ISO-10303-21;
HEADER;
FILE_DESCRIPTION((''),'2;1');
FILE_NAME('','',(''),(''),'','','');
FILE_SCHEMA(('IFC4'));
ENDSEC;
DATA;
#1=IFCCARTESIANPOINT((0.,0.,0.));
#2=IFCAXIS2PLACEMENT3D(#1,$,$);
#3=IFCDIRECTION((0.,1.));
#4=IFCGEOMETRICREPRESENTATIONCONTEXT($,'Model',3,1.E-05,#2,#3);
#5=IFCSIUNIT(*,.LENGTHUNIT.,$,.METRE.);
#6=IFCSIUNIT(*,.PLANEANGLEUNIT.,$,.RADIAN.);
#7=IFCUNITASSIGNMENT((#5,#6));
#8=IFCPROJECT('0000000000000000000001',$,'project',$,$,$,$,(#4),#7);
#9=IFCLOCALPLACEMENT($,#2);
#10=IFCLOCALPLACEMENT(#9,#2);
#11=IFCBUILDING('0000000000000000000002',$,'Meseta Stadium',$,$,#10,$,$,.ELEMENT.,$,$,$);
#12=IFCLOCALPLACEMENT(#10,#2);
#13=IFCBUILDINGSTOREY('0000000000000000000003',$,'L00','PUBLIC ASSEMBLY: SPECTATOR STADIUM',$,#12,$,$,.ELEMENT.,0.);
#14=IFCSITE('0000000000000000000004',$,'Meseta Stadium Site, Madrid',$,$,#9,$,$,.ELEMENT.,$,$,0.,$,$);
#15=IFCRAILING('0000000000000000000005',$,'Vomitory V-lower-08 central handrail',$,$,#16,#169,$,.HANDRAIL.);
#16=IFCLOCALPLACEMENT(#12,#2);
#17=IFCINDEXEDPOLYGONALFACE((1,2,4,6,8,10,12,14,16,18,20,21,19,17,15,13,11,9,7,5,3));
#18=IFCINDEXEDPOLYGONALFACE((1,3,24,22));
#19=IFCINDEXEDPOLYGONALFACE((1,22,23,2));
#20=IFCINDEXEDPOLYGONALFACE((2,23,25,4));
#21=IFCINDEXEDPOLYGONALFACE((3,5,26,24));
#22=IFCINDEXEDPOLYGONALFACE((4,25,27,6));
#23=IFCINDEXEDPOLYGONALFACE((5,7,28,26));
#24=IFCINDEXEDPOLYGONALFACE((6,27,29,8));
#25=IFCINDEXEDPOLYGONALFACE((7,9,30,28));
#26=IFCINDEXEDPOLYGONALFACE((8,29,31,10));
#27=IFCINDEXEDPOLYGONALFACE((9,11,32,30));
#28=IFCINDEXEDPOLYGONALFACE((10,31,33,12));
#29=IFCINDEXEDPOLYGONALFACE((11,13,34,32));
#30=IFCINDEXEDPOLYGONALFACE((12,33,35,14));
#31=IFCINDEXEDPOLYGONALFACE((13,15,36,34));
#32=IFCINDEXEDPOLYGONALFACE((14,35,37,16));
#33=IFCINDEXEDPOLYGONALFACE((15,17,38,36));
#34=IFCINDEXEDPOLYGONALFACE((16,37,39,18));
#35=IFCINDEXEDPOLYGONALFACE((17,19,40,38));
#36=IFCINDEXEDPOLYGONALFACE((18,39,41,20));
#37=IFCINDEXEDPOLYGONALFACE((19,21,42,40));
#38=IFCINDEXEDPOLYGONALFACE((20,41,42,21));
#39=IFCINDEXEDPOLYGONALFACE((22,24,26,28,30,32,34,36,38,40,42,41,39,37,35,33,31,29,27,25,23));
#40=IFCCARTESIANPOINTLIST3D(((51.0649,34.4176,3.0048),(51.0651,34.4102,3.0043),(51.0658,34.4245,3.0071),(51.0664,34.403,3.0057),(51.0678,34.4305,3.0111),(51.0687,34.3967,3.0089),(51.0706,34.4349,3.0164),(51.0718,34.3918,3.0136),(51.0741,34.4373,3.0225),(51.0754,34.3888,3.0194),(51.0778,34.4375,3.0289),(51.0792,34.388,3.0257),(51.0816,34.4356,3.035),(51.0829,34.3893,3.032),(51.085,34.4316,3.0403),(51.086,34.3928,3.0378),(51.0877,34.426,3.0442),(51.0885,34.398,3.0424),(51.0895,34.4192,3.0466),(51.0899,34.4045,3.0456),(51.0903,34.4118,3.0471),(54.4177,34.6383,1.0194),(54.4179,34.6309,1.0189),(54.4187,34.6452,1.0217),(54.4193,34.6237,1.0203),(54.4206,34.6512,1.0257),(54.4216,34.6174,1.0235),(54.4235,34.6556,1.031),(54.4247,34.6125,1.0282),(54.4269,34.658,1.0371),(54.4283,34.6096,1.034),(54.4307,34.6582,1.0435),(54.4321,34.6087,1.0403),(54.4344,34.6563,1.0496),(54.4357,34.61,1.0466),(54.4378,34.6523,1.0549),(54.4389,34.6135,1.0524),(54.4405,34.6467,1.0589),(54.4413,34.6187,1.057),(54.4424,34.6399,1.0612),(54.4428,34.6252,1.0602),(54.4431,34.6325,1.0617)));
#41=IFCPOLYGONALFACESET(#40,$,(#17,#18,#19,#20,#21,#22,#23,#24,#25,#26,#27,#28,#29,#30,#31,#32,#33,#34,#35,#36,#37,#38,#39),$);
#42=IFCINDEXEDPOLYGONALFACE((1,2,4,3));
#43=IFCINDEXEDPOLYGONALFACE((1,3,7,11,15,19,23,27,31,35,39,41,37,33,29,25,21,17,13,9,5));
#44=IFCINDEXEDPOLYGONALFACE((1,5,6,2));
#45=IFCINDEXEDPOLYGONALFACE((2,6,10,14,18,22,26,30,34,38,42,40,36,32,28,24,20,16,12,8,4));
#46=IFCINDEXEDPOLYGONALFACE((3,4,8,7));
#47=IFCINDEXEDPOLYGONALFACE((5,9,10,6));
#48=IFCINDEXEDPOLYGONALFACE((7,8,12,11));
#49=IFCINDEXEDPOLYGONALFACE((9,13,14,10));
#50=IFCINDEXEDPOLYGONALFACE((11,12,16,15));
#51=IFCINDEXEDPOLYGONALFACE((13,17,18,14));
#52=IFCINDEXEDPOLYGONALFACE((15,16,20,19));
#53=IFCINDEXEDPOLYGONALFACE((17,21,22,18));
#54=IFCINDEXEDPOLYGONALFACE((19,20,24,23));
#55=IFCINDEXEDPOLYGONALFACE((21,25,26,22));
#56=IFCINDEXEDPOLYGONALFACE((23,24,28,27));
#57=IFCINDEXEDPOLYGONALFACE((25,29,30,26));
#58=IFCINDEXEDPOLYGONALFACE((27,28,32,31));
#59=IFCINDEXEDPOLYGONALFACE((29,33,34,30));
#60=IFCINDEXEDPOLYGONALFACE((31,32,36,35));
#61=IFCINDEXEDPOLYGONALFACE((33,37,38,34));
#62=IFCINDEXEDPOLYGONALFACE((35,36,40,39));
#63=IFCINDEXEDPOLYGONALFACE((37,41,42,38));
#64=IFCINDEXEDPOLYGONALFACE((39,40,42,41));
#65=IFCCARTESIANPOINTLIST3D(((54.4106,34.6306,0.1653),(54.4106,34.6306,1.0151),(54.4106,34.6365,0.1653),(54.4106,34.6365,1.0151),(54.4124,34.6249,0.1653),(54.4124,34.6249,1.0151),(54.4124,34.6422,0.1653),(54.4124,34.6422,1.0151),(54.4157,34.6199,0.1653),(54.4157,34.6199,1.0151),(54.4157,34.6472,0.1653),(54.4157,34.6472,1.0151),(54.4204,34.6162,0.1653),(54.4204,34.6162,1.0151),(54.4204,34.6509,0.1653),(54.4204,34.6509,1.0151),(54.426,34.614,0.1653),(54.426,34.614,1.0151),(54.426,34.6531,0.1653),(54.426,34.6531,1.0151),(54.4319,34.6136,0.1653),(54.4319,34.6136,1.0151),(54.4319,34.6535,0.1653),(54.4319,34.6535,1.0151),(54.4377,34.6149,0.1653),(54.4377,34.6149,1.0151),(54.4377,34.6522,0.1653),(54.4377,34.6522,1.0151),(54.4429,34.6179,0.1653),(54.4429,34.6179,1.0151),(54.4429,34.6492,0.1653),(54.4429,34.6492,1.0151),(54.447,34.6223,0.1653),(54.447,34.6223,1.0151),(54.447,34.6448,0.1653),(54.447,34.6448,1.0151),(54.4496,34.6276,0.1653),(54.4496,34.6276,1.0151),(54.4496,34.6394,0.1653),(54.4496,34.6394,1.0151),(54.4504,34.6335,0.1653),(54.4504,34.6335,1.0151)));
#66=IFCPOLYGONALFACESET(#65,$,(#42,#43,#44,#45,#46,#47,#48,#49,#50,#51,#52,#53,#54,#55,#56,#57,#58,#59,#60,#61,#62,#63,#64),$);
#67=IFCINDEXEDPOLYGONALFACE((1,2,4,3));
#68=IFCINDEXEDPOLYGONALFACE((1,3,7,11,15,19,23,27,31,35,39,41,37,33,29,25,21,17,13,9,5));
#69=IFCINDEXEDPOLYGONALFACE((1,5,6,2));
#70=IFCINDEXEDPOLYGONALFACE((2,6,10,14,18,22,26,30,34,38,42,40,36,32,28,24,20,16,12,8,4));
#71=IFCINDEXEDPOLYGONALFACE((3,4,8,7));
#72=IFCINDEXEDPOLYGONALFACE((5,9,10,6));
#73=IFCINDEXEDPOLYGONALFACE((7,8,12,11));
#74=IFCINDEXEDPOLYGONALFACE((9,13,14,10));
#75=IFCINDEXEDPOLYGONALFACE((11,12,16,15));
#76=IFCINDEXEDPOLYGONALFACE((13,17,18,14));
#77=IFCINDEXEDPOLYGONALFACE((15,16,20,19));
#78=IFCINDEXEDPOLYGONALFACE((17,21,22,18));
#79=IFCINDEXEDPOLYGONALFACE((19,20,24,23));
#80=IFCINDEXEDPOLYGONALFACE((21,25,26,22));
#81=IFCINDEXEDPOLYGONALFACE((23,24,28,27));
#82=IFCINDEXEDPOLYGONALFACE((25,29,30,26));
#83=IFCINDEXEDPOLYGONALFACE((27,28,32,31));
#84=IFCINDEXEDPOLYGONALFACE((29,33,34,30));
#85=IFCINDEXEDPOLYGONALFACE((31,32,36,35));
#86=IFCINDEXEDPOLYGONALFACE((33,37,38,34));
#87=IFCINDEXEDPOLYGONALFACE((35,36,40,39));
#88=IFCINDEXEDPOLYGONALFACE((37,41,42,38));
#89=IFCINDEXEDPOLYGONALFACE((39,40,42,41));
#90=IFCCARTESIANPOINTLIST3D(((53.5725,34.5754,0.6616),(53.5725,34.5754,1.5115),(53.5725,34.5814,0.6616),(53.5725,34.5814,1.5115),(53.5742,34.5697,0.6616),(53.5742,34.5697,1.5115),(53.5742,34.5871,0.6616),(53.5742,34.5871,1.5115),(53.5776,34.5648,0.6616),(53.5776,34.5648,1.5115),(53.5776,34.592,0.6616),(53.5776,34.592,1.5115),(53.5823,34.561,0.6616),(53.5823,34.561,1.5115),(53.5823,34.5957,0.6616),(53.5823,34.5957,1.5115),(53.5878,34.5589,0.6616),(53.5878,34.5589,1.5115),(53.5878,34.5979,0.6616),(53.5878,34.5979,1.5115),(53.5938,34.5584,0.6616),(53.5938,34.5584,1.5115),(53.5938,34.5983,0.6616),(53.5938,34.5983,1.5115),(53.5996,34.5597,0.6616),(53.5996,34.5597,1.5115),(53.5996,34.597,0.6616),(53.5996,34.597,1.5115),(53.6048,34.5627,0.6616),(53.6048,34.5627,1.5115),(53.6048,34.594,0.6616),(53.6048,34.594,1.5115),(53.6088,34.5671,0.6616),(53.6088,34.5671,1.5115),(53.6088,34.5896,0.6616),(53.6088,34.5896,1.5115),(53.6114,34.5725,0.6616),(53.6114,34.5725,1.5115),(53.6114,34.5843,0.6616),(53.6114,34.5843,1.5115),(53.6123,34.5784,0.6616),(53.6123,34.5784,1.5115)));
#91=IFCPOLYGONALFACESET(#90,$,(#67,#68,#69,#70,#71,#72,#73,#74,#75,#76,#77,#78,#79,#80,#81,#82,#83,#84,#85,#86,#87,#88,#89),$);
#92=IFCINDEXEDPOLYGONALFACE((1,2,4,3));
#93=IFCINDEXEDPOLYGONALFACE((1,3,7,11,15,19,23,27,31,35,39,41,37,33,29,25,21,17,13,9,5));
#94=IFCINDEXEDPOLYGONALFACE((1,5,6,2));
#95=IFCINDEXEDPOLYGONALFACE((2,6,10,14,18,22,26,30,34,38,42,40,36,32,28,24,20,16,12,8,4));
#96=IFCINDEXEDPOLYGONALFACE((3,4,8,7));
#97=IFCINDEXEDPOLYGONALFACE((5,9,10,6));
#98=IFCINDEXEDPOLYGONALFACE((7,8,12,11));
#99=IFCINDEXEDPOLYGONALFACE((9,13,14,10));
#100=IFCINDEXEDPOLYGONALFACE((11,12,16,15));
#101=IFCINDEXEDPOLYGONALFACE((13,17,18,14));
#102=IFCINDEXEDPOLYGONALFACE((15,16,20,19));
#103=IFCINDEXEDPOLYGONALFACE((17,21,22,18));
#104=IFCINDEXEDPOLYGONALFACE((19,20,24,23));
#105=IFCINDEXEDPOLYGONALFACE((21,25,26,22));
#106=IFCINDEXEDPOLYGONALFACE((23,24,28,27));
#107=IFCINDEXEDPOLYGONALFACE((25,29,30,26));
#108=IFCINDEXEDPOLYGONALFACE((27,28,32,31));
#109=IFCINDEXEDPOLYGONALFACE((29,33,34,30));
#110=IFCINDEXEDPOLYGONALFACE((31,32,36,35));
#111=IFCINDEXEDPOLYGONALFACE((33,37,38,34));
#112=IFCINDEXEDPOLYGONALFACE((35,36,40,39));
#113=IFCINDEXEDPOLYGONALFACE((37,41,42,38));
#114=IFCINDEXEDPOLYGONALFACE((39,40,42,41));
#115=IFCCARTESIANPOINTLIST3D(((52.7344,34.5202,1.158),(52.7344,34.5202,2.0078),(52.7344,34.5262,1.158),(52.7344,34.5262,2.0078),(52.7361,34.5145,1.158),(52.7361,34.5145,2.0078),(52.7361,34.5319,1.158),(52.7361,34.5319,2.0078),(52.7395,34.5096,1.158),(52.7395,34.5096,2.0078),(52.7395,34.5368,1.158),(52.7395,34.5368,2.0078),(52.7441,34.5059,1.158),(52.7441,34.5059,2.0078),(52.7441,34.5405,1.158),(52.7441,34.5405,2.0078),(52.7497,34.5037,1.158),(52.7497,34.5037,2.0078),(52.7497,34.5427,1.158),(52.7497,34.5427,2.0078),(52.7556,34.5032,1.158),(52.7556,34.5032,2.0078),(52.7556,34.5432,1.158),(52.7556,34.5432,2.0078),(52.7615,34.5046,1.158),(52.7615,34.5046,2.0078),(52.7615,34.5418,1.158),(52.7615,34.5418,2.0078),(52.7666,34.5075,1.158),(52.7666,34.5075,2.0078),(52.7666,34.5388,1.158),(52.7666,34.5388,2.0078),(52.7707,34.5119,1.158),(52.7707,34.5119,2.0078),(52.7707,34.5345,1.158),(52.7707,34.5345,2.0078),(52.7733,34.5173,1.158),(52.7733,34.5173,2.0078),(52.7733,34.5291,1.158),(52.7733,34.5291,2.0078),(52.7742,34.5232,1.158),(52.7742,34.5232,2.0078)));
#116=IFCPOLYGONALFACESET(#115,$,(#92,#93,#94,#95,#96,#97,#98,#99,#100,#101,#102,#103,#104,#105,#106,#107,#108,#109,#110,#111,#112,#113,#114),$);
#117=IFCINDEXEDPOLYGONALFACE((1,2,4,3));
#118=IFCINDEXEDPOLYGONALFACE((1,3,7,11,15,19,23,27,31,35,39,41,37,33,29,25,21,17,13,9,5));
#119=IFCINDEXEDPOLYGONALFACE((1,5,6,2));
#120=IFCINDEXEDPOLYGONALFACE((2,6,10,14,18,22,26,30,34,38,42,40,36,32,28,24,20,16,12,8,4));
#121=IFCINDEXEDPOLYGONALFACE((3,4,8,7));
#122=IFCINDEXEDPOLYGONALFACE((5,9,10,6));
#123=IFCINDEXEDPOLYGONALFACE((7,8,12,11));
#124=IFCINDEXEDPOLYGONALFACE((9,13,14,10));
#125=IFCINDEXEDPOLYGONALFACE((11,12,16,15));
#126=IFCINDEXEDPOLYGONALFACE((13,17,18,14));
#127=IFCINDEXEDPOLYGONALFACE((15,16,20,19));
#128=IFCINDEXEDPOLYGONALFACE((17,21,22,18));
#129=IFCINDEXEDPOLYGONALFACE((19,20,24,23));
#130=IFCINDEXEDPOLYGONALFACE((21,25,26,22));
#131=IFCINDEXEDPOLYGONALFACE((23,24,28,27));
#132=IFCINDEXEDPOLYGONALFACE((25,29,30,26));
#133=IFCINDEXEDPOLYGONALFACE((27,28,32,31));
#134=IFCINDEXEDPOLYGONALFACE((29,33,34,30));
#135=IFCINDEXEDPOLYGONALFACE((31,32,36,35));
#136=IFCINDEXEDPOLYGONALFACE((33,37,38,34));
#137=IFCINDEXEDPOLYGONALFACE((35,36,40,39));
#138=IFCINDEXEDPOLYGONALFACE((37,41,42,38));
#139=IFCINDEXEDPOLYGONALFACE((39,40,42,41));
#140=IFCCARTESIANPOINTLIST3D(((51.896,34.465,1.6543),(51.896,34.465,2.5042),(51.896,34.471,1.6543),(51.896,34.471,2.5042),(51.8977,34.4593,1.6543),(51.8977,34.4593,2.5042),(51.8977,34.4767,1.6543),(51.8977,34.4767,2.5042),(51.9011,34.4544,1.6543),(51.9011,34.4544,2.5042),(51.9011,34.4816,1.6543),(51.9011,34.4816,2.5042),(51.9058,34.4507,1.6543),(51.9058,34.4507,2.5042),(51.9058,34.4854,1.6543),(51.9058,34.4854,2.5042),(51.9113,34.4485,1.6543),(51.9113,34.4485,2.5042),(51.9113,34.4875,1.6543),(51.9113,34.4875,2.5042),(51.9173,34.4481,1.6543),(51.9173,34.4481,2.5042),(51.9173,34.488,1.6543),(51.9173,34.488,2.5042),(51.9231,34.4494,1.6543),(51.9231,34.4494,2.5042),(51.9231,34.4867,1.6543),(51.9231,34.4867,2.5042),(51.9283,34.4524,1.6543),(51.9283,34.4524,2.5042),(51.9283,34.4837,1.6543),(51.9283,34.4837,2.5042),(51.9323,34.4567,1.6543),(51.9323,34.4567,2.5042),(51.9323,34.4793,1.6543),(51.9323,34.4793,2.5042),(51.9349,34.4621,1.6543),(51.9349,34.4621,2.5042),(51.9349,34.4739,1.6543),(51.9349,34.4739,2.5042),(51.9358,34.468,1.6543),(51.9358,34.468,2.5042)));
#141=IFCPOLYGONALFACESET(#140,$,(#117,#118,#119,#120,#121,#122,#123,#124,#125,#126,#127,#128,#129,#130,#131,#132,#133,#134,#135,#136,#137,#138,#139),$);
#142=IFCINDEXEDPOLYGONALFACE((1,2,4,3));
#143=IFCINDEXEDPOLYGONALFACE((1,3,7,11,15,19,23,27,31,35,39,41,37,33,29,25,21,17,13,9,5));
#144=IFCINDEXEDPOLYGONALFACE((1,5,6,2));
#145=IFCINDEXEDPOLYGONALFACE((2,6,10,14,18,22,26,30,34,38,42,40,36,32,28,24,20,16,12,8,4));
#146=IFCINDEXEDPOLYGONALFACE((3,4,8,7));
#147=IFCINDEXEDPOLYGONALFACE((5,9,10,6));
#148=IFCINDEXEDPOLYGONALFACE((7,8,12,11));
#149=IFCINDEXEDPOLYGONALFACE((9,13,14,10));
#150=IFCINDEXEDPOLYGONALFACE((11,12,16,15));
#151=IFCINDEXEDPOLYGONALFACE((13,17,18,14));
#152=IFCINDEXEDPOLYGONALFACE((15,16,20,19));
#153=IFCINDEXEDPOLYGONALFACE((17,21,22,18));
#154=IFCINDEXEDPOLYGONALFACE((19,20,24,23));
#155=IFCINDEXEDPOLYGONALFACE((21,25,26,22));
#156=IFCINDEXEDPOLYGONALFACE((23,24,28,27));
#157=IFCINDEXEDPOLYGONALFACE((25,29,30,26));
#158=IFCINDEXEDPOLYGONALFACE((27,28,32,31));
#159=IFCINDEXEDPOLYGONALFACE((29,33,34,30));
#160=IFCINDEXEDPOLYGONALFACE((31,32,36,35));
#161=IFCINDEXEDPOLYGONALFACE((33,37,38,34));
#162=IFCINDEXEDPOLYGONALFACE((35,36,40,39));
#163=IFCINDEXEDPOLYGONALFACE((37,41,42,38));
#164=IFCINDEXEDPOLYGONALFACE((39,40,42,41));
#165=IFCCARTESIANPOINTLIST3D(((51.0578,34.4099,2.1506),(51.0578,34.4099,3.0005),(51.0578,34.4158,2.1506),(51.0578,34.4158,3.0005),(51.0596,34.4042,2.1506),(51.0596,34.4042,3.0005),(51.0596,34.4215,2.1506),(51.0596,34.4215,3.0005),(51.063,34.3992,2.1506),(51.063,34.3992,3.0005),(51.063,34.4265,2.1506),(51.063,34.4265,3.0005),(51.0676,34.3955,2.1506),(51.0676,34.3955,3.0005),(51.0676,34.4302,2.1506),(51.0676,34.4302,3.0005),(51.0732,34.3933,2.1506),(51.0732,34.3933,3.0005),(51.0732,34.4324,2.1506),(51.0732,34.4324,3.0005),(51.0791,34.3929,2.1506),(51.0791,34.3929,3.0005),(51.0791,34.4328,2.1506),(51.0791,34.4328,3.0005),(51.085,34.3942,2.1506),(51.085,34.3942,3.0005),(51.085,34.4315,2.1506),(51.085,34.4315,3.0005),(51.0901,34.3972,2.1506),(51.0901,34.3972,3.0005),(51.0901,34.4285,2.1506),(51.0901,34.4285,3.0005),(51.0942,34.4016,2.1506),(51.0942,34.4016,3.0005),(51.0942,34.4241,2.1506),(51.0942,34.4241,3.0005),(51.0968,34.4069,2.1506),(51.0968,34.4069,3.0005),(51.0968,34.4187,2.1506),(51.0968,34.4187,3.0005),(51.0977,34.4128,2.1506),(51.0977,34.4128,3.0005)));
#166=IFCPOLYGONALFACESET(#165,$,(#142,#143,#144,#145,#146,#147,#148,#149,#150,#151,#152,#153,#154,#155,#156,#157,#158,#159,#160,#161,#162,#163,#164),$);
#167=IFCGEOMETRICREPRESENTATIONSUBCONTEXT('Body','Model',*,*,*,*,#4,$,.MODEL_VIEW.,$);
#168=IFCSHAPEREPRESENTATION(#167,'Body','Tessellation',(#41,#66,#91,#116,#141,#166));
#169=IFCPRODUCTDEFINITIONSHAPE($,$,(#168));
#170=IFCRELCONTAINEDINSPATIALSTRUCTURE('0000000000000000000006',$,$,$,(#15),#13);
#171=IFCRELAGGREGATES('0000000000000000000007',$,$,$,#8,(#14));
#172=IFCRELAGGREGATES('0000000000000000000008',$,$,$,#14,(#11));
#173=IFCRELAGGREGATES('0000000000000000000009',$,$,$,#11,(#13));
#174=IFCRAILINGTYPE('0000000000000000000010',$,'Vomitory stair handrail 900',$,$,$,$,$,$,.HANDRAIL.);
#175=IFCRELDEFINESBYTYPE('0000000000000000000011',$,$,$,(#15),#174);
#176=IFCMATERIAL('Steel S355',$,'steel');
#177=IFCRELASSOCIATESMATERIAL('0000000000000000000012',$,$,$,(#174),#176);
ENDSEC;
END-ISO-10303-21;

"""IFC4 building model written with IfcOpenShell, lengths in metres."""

from ifc_helpers import new_model, si_unit, direction, frame, origin, origin_2d, place, context, subcontext, project, spatial, circle, extrude, material, type_object, element, save


model = new_model("IFC4")

# Units and contexts
model_context = context("Model", 3, precision=1e-05, world=origin(), true_north=direction((0.0, 1.0)))
body_context = subcontext(model_context, "Body", "Model", "MODEL_VIEW")
ifc_project = project(units=[si_unit("LENGTHUNIT", "METRE"), si_unit("PLANEANGLEUNIT", "RADIAN")], contexts=[model_context])

# Site, building, storey
site_placement = place(None, origin())
site = spatial("IfcSite", under=ifc_project, at=site_placement, Name="Meseta Stadium Site, Madrid", CompositionType="ELEMENT", RefElevation=0.0)
building_placement = place(site_placement, origin())
building = spatial("IfcBuilding", under=site, at=building_placement, Name="Meseta Stadium", CompositionType="ELEMENT")
storey_placement = place(building_placement, origin())
storey = spatial("IfcBuildingStorey", under=building, at=storey_placement, Name="L00", Description="PUBLIC ASSEMBLY: SPECTATOR STADIUM", CompositionType="ELEMENT", Elevation=0.0)

# Railing
ifc_material_1 = material(Name="Steel S355", Category="steel")
railing_type_1 = type_object("IfcRailingType", Name="Vomitory stair handrail 900", PredefinedType="HANDRAIL", material=ifc_material_1)
railing_1_placement = place(storey_placement, frame((54.4304, 34.6335, 0.1653)))
element("IfcRailing", 1, at=railing_1_placement, inside=storey, type_object=railing_type_1, Name="Vomitory V-lower-08 central handrail", PredefinedType="HANDRAIL", context=body_context, shape_type="SweptSolid", body=[
    extrude(circle(Radius=0.0249, at=origin_2d()), frame((0.0, 0.0, 0.875), z_axis=(-0.859081, -0.056551, 0.508705), x_axis=(0.065685, -0.99784, 0.0)), (0.0, 0.0, 1.0), 3.9028),
    extrude(circle(Radius=0.02, at=origin_2d()), origin(), (0.0, 0.0, 1.0), 0.8499),
    extrude(circle(Radius=0.02, at=origin_2d()), frame((-0.8381, -0.0552, 0.4963)), (0.0, 0.0, 1.0), 0.8499),
    extrude(circle(Radius=0.02, at=origin_2d()), frame((-1.6763, -0.1104, 0.9927)), (0.0, 0.0, 1.0), 0.8499),
    extrude(circle(Radius=0.02, at=origin_2d()), frame((-2.5146, -0.1655, 1.489)), (0.0, 0.0, 1.0), 0.8499),
    extrude(circle(Radius=0.02, at=origin_2d()), frame((-3.3528, -0.2207, 1.9854)), (0.0, 0.0, 1.0), 0.8499),
])

save(model, "model.ifc")
